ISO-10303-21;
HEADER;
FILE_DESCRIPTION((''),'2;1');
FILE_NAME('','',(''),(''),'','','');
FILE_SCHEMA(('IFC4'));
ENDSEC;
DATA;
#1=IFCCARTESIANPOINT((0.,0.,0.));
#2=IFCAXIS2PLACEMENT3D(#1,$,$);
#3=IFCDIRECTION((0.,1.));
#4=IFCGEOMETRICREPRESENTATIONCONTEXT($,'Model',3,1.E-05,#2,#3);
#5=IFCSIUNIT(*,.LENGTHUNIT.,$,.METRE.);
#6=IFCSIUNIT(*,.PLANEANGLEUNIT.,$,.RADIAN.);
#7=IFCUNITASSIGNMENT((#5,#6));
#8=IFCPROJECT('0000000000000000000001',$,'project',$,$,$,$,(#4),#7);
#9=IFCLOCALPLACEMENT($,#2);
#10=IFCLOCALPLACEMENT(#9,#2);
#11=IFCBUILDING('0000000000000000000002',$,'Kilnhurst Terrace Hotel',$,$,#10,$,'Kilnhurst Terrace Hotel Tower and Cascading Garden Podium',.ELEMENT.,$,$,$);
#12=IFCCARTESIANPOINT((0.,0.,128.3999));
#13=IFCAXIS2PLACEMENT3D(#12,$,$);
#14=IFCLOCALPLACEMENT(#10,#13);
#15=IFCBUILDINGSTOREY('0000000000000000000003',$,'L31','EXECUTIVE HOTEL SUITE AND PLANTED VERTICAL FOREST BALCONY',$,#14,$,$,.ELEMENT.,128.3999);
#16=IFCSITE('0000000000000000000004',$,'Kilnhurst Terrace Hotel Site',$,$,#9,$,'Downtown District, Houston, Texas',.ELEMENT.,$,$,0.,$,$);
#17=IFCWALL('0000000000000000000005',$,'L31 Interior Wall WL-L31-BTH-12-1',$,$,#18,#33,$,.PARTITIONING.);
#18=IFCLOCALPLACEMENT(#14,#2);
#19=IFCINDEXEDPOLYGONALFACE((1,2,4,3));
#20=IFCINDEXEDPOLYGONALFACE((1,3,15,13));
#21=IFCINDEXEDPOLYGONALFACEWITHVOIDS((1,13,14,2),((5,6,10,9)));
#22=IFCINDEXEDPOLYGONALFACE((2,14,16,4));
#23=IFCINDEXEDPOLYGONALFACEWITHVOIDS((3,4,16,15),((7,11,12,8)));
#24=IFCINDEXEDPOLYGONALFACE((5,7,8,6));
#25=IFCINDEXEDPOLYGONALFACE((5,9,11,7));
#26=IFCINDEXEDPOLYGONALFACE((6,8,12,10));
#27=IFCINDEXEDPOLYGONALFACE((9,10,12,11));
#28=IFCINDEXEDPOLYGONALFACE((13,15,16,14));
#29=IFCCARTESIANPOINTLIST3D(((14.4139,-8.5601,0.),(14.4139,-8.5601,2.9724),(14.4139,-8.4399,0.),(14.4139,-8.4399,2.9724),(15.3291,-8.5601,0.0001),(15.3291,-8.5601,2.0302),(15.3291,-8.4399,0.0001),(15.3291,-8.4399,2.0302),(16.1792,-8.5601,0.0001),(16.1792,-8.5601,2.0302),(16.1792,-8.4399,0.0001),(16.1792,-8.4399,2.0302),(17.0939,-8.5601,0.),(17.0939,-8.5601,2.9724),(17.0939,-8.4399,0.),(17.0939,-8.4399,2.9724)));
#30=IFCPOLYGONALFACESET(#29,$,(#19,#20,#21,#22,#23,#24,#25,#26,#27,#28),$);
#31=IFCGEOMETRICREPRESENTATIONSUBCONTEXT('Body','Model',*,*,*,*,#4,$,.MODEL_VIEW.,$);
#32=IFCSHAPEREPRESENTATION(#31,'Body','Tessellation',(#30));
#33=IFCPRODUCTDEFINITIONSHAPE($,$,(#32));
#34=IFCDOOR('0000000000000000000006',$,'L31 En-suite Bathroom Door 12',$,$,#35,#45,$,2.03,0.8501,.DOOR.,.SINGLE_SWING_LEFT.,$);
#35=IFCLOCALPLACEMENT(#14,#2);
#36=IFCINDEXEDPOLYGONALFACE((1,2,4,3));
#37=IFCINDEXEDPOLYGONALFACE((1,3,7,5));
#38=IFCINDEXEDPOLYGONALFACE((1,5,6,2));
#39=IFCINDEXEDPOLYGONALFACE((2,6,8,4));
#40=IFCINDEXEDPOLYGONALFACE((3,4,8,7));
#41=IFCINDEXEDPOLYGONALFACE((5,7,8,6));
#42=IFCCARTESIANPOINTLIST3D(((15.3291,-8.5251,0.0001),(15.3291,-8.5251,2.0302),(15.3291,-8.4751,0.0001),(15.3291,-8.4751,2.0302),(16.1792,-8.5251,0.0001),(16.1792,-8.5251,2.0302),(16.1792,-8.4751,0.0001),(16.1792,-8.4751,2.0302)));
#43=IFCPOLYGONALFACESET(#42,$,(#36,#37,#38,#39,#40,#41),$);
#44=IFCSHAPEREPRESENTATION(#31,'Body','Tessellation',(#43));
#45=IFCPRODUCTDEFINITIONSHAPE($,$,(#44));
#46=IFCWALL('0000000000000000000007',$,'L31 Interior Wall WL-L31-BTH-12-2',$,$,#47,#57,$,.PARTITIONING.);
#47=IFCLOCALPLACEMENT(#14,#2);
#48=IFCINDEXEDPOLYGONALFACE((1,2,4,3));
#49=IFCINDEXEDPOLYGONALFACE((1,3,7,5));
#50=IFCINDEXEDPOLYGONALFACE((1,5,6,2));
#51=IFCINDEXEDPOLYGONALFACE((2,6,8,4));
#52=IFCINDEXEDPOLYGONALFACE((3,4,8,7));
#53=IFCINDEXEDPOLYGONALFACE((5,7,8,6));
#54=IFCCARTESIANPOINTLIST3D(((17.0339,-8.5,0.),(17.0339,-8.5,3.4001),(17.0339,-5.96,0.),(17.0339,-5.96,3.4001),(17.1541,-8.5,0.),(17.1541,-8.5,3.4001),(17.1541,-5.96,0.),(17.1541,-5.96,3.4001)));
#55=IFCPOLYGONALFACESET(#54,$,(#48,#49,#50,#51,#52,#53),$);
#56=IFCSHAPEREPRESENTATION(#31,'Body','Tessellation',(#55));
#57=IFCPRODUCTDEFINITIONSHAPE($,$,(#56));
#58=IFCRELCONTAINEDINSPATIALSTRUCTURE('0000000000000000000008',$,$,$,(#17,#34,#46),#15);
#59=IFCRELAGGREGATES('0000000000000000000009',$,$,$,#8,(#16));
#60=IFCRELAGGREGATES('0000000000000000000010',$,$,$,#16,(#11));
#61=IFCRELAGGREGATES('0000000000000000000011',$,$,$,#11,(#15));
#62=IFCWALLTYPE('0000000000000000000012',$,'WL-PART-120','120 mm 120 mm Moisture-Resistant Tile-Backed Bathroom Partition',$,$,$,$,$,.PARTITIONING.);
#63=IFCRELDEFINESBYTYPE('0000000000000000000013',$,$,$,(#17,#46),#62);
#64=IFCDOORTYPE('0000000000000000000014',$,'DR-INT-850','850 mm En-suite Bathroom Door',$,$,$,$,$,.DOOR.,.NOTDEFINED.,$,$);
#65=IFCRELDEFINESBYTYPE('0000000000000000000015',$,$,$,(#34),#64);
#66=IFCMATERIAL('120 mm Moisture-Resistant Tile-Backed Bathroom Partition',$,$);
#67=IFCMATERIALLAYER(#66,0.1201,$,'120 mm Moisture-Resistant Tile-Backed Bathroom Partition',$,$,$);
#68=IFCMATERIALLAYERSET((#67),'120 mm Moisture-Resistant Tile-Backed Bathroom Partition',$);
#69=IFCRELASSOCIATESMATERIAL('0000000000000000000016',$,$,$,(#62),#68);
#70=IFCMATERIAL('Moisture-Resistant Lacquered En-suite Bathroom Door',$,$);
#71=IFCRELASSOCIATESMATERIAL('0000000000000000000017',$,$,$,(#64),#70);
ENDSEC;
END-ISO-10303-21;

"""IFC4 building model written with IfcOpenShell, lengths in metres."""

from ifc_helpers import new_model, si_unit, direction, frame, frame_2d, origin, place, context, subcontext, project, spatial, rectangle, extrude, material, layer, layer_set, type_object, element, fill, save


model = new_model("IFC4")

# Units and contexts
model_context = context("Model", 3, precision=1e-05, world=origin(), true_north=direction((0.0, 1.0)))
body_context = subcontext(model_context, "Body", "Model", "MODEL_VIEW")
ifc_project = project(units=[si_unit("LENGTHUNIT", "METRE"), si_unit("PLANEANGLEUNIT", "RADIAN")], contexts=[model_context])

# Site, building, storey
site_placement = place(None, origin())
site = spatial("IfcSite", under=ifc_project, at=site_placement, Name="Kilnhurst Terrace Hotel Site", LongName="Downtown District, Houston, Texas", CompositionType="ELEMENT", RefElevation=0.0)
building_placement = place(site_placement, origin())
building = spatial("IfcBuilding", under=site, at=building_placement, Name="Kilnhurst Terrace Hotel", LongName="Kilnhurst Terrace Hotel Tower and Cascading Garden Podium", CompositionType="ELEMENT")
storey_placement = place(building_placement, frame((0.0, 0.0, 128.3999)))
storey = spatial("IfcBuildingStorey", under=building, at=storey_placement, Name="L31", Description="EXECUTIVE HOTEL SUITE AND PLANTED VERTICAL FOREST BALCONY", CompositionType="ELEMENT", Elevation=128.3999)

# Wall, opening, door
ifc_material_1 = material(Name="120 mm Moisture-Resistant Tile-Backed Bathroom Partition")
ifc_layer_1 = layer(ifc_material_1, 0.1201, Name="120 mm Moisture-Resistant Tile-Backed Bathroom Partition")
ifc_layer_set_1 = layer_set([ifc_layer_1], Name="120 mm Moisture-Resistant Tile-Backed Bathroom Partition")
wall_type_1 = type_object("IfcWallType", Name="WL-PART-120", Description="120 mm 120 mm Moisture-Resistant Tile-Backed Bathroom Partition", PredefinedType="PARTITIONING", material=ifc_layer_set_1)
wall_1_placement = place(storey_placement, frame((14.4141, -8.5, 0.0), z_axis=(0.0, 0.0, 1.0), x_axis=(1.0, 0.0, 0.0)))
wall_1 = element("IfcWall", 1, at=wall_1_placement, inside=storey, type_object=wall_type_1, Name="L31 Interior Wall WL-L31-BTH-12-1", PredefinedType="PARTITIONING", context=body_context, shape_type="SweptSolid", body=[
    extrude(rectangle(XDim=2.6799, YDim=0.1201, at=frame_2d((1.3398, 0.0))), origin(), (0.0, 0.0, 1.0), 2.9724),
])
opening_1_placement = place(wall_1_placement, frame((0.915, 0.0, 0.0)))
opening_1 = element("IfcOpeningElement", 2, at=opening_1_placement, cuts=wall_1, PredefinedType="OPENING", context=body_context, shape_type="SweptSolid", body=[
    extrude(rectangle(XDim=0.8501, YDim=2.03, at=frame_2d((0.425, 1.0151))), frame((0.0, 0.0701, 0.0), z_axis=(0.0, -1.0, 0.0), x_axis=(1.0, 0.0, 0.0)), (0.0, 0.0, 1.0), 0.1401),
])
ifc_material_2 = material(Name="Moisture-Resistant Lacquered En-suite Bathroom Door")
door_type_1 = type_object("IfcDoorType", Name="DR-INT-850", Description="850 mm En-suite Bathroom Door", OperationType="NOTDEFINED", PredefinedType="DOOR", material=ifc_material_2)
door_1_placement = place(opening_1_placement, origin())
door_1 = element("IfcDoor", 3, at=door_1_placement, inside=storey, type_object=door_type_1, Name="L31 En-suite Bathroom Door 12", OperationType="SINGLE_SWING_LEFT", OverallHeight=2.03, OverallWidth=0.8501, PredefinedType="DOOR", context=body_context, shape_type="SweptSolid", body=[
    extrude(rectangle(XDim=0.8501, YDim=2.03, at=frame_2d((0.425, 1.0151))), frame((0.0, 0.0249, 0.0), z_axis=(0.0, -1.0, 0.0), x_axis=(1.0, 0.0, 0.0)), (0.0, 0.0, 1.0), 0.05),
])
fill(opening_1, door_1)

# Wall
wall_2_placement = place(storey_placement, frame((17.094, -8.5, 0.0), z_axis=(0.0, 0.0, 1.0), x_axis=(0.0, 1.0, 0.0)))
element("IfcWall", 4, at=wall_2_placement, inside=storey, type_object=wall_type_1, Name="L31 Interior Wall WL-L31-BTH-12-2", PredefinedType="PARTITIONING", context=body_context, shape_type="SweptSolid", body=[
    extrude(rectangle(XDim=2.54, YDim=0.1201, at=frame_2d((1.27, 0.0))), origin(), (0.0, 0.0, 1.0), 3.4001),
])

save(model, "model.ifc")
